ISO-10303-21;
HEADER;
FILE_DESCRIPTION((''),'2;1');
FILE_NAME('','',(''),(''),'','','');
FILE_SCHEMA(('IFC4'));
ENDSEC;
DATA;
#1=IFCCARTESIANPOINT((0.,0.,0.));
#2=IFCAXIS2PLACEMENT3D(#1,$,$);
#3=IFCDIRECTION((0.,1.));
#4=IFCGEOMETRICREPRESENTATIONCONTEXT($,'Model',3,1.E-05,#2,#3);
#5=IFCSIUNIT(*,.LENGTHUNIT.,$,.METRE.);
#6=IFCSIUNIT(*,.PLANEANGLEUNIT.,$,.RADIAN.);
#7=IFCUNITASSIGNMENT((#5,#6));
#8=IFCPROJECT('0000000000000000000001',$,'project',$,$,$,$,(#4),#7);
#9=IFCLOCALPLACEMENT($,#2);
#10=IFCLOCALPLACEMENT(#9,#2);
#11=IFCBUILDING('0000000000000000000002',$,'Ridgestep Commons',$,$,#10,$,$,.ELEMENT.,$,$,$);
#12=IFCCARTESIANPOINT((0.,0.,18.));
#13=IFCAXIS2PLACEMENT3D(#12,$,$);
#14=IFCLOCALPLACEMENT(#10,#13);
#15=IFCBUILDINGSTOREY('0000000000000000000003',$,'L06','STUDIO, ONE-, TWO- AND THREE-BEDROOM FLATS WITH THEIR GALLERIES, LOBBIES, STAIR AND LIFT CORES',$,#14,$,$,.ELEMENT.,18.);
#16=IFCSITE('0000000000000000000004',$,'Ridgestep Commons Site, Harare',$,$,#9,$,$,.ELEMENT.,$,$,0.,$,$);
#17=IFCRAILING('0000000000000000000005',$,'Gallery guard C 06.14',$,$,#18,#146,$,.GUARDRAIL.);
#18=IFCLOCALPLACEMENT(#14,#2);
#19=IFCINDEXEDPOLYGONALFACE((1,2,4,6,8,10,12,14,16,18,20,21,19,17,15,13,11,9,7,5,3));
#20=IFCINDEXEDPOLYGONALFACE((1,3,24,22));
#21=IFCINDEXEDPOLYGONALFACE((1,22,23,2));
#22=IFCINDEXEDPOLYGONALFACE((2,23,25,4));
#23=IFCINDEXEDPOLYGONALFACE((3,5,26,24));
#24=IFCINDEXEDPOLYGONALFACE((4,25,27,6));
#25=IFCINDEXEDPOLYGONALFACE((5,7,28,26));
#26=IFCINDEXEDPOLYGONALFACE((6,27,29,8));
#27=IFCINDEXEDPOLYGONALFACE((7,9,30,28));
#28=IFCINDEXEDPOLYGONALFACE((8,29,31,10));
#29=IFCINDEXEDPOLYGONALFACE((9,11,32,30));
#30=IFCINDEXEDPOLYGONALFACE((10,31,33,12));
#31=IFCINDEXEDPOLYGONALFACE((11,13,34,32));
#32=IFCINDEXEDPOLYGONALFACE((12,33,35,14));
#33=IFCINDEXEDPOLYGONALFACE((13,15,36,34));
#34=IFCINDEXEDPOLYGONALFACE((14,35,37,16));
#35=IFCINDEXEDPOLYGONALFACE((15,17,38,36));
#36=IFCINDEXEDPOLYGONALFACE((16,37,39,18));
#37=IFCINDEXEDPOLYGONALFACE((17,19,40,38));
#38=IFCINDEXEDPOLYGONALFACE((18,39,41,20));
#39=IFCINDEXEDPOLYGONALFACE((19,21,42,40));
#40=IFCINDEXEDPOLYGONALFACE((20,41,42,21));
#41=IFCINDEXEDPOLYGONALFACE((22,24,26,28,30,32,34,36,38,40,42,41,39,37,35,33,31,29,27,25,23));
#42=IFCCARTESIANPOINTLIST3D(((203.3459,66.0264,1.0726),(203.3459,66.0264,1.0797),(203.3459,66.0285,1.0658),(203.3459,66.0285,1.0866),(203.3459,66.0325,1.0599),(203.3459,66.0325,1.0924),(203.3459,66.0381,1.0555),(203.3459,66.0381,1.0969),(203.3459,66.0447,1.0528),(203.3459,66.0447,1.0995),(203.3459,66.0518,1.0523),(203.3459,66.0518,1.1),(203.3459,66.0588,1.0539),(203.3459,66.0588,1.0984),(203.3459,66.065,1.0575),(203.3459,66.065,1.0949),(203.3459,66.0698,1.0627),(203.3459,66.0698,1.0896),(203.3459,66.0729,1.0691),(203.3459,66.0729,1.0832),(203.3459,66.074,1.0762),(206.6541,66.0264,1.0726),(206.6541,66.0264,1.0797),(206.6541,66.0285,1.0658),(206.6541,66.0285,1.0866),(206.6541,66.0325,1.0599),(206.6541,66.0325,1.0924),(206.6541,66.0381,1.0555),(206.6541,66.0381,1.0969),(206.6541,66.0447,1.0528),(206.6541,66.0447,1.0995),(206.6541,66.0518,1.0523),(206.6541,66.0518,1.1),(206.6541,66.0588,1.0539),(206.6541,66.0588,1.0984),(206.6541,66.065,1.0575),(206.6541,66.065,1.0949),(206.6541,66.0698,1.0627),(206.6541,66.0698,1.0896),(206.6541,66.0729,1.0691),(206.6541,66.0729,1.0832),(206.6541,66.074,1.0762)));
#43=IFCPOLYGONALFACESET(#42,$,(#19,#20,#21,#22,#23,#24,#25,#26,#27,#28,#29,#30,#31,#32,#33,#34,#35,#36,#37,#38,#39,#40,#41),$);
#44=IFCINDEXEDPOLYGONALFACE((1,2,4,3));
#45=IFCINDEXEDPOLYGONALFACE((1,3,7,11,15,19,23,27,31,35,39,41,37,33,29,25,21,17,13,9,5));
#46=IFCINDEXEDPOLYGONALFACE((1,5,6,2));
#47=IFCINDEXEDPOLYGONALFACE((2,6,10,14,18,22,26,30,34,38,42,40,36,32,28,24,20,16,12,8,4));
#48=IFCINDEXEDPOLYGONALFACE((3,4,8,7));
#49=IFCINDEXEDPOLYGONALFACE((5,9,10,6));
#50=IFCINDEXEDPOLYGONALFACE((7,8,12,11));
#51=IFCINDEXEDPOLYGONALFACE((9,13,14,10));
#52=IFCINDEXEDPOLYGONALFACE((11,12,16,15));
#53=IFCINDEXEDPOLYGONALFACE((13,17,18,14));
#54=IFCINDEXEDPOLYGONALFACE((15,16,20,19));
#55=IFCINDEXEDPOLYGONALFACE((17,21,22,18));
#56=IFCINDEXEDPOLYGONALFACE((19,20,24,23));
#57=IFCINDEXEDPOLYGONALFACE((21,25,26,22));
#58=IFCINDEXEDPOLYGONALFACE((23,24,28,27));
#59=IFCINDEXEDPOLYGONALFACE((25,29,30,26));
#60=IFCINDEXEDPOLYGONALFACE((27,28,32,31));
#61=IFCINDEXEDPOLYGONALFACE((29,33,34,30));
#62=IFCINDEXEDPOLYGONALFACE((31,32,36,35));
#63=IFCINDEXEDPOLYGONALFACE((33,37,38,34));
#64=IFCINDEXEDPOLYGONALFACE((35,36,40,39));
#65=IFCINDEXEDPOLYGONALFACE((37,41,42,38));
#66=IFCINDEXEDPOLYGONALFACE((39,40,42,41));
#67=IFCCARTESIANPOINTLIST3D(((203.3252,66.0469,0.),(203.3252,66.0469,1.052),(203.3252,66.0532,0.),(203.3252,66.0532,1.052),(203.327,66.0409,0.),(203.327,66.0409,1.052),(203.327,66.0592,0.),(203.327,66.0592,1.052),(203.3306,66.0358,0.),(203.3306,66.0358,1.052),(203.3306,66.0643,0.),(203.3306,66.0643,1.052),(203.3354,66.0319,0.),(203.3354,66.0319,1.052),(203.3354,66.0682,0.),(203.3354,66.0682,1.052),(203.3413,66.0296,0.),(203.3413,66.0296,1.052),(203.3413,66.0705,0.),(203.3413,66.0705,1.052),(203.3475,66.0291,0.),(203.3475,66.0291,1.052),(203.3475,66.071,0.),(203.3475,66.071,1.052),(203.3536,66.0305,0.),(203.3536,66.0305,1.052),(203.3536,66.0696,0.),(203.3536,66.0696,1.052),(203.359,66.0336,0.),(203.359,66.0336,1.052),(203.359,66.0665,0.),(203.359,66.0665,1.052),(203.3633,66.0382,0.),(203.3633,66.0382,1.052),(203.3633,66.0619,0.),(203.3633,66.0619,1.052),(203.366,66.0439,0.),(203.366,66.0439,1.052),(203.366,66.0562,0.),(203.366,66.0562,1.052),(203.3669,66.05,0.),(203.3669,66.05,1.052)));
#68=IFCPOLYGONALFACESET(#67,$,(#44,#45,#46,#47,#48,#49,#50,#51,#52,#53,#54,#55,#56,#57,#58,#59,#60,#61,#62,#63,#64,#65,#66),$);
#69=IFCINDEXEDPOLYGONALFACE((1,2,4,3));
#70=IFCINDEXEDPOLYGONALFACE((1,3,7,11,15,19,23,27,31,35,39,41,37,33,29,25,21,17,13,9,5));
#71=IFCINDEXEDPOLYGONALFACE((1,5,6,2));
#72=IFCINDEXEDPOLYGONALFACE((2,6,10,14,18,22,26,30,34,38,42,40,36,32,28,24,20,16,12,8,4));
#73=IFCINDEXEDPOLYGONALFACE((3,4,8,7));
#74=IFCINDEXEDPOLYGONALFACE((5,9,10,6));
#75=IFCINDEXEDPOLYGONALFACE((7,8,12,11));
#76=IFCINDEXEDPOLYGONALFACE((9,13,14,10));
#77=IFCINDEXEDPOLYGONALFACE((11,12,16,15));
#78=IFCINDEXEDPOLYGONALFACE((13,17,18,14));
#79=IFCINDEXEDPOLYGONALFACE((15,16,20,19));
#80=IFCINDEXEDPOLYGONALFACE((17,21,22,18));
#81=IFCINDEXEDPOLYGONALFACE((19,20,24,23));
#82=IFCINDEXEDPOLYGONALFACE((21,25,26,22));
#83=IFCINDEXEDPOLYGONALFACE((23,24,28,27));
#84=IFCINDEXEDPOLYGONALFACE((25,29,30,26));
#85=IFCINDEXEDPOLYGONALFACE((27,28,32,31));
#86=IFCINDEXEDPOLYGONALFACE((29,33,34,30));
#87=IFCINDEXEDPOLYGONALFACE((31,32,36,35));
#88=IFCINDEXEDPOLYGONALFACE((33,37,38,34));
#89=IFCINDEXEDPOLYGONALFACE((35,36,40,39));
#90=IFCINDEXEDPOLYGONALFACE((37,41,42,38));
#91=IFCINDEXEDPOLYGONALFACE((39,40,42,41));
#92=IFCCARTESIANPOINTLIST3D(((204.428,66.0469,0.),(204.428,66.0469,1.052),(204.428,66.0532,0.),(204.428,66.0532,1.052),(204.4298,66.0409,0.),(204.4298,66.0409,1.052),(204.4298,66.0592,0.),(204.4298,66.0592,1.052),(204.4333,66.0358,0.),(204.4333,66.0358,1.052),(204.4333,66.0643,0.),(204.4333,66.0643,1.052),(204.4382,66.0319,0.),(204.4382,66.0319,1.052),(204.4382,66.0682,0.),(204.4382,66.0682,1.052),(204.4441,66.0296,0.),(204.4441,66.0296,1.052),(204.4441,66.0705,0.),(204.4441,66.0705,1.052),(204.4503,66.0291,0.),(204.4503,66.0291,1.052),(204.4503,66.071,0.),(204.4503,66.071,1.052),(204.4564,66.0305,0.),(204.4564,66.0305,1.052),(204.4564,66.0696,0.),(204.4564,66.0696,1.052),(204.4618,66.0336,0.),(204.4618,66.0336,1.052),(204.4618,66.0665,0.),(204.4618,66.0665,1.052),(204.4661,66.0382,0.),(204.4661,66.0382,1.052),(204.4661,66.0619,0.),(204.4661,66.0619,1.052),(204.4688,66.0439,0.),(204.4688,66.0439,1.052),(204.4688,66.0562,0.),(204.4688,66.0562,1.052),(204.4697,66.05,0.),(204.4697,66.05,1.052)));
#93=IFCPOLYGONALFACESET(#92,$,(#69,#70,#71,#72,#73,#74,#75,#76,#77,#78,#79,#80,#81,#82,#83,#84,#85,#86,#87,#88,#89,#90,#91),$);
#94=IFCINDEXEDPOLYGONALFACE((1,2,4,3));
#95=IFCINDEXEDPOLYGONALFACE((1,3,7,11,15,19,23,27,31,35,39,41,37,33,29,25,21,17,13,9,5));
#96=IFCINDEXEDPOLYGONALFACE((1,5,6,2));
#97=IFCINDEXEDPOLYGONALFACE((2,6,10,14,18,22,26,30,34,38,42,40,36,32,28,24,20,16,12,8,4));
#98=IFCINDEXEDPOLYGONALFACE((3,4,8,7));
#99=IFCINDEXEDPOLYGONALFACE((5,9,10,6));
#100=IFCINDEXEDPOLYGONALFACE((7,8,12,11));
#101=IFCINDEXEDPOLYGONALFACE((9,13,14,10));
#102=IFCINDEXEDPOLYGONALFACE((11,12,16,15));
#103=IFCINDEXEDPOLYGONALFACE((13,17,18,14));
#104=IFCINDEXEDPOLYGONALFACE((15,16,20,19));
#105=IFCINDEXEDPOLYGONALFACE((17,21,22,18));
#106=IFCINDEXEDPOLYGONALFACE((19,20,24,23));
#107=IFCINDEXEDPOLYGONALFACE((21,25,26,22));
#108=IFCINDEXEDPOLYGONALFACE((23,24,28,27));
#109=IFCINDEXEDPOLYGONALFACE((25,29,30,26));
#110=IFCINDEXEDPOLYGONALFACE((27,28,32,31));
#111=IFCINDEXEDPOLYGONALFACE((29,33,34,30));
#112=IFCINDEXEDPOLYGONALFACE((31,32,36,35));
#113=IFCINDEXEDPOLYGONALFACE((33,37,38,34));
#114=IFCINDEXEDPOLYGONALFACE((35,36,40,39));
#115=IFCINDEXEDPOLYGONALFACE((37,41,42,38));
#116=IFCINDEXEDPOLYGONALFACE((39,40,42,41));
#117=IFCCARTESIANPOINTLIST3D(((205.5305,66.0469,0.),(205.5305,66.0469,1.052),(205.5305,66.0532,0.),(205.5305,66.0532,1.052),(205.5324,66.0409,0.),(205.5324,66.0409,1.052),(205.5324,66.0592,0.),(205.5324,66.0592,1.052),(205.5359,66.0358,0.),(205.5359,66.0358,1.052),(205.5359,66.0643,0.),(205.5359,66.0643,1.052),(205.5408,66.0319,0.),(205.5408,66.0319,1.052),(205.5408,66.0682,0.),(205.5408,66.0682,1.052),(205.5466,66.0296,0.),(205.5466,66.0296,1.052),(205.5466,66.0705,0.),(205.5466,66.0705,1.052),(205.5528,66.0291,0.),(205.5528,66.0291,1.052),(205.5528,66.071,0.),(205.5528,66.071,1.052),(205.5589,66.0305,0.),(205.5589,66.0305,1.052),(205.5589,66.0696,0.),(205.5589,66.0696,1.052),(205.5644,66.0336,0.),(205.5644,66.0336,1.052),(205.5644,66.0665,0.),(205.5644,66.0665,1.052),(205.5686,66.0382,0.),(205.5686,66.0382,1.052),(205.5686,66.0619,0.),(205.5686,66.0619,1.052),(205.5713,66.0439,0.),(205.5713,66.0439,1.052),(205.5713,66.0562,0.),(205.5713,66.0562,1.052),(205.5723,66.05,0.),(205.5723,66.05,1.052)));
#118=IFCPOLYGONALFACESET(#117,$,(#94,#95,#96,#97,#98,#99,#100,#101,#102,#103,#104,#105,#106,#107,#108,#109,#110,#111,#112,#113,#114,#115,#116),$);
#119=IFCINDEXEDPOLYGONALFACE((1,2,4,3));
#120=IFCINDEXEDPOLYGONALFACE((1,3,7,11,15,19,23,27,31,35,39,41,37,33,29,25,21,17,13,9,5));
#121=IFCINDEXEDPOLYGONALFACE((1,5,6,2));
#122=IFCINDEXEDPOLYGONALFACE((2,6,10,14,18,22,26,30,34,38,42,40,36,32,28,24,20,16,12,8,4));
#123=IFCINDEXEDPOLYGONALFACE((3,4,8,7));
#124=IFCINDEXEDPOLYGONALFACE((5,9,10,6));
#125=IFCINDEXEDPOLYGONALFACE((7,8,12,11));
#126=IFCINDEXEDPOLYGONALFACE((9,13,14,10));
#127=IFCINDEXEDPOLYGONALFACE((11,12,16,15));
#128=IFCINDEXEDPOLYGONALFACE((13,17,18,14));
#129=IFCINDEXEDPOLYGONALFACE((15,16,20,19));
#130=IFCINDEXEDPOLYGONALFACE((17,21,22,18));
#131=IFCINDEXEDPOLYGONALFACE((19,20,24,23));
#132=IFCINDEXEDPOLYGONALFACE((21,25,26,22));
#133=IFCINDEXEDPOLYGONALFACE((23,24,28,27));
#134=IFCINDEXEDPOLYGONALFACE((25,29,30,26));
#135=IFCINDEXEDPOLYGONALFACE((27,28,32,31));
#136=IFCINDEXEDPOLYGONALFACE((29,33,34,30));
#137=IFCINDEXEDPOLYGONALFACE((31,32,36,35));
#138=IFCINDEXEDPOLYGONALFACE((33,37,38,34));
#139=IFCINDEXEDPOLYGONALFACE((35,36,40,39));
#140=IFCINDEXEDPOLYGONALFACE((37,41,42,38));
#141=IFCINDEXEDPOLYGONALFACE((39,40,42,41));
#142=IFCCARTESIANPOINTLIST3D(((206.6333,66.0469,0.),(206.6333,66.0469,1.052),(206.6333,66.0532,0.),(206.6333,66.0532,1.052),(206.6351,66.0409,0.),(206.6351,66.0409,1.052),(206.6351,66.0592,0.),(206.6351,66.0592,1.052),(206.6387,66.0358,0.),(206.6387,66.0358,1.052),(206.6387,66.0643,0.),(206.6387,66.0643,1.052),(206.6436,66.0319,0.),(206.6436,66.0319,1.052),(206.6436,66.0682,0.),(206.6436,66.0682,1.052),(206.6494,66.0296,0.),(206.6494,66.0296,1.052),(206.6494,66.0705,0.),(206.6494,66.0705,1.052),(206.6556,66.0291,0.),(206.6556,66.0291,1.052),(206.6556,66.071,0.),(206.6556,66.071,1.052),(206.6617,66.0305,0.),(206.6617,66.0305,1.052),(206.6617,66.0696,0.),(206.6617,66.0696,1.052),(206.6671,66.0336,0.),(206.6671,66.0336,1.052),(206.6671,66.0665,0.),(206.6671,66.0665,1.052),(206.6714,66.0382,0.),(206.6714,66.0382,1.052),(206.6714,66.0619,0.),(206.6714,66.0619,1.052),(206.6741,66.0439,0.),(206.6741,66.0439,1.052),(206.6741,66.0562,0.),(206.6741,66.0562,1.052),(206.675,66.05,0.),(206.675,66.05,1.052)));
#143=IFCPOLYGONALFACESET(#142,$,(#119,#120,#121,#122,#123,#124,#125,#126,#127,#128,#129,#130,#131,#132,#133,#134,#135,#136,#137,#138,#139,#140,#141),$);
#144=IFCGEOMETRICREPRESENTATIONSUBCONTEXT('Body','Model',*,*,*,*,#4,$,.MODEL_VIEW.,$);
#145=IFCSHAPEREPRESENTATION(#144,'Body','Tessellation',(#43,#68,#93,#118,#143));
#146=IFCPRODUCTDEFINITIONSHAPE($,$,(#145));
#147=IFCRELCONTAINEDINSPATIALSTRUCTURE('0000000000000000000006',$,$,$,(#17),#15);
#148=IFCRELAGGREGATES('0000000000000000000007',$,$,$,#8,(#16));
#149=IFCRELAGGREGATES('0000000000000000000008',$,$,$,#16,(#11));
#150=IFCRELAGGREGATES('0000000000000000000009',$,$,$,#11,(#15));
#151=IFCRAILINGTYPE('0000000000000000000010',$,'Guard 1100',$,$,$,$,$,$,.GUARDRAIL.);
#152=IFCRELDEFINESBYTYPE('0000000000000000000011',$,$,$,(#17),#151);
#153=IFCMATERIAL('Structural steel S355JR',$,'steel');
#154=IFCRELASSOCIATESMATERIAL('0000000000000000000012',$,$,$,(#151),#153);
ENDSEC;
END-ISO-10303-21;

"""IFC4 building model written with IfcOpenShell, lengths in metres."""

from ifc_helpers import new_model, si_unit, direction, frame, origin, origin_2d, place, context, subcontext, project, spatial, circle, extrude, material, type_object, element, save


model = new_model("IFC4")

# Units and contexts
model_context = context("Model", 3, precision=1e-05, world=origin(), true_north=direction((0.0, 1.0)))
body_context = subcontext(model_context, "Body", "Model", "MODEL_VIEW")
ifc_project = project(units=[si_unit("LENGTHUNIT", "METRE"), si_unit("PLANEANGLEUNIT", "RADIAN")], contexts=[model_context])

# Site, building, storey
site_placement = place(None, origin())
site = spatial("IfcSite", under=ifc_project, at=site_placement, Name="Ridgestep Commons Site, Harare", CompositionType="ELEMENT", RefElevation=0.0)
building_placement = place(site_placement, origin())
building = spatial("IfcBuilding", under=site, at=building_placement, Name="Ridgestep Commons", CompositionType="ELEMENT")
storey_placement = place(building_placement, frame((0.0, 0.0, 18.0)))
storey = spatial("IfcBuildingStorey", under=building, at=storey_placement, Name="L06", Description="STUDIO, ONE-, TWO- AND THREE-BEDROOM FLATS WITH THEIR GALLERIES, LOBBIES, STAIR AND LIFT CORES", CompositionType="ELEMENT", Elevation=18.0)

# Railing
ifc_material_1 = material(Name="Structural steel S355JR", Category="steel")
railing_type_1 = type_object("IfcRailingType", Name="Guard 1100", PredefinedType="GUARDRAIL", material=ifc_material_1)
railing_1_placement = place(storey_placement, frame((203.3459, 66.05, 0.0)))
element("IfcRailing", 1, at=railing_1_placement, inside=storey, type_object=railing_type_1, Name="Gallery guard C 06.14", PredefinedType="GUARDRAIL", context=body_context, shape_type="SweptSolid", body=[
    extrude(circle(Radius=0.0239, at=origin_2d()), frame((0.0, 0.0, 1.0762), z_axis=(1.0, 0.0, 0.0), x_axis=(0.0, 1.0, 0.0)), (0.0, 0.0, 1.0), 3.3081),
    extrude(circle(Radius=0.021, at=origin_2d()), origin(), (0.0, 0.0, 1.0), 1.052),
    extrude(circle(Radius=0.021, at=origin_2d()), frame((1.1028, 0.0, 0.0)), (0.0, 0.0, 1.0), 1.052),
    extrude(circle(Radius=0.021, at=origin_2d()), frame((2.2053, 0.0, 0.0)), (0.0, 0.0, 1.0), 1.052),
    extrude(circle(Radius=0.021, at=origin_2d()), frame((3.3081, 0.0, 0.0)), (0.0, 0.0, 1.0), 1.052),
])

save(model, "model.ifc")
